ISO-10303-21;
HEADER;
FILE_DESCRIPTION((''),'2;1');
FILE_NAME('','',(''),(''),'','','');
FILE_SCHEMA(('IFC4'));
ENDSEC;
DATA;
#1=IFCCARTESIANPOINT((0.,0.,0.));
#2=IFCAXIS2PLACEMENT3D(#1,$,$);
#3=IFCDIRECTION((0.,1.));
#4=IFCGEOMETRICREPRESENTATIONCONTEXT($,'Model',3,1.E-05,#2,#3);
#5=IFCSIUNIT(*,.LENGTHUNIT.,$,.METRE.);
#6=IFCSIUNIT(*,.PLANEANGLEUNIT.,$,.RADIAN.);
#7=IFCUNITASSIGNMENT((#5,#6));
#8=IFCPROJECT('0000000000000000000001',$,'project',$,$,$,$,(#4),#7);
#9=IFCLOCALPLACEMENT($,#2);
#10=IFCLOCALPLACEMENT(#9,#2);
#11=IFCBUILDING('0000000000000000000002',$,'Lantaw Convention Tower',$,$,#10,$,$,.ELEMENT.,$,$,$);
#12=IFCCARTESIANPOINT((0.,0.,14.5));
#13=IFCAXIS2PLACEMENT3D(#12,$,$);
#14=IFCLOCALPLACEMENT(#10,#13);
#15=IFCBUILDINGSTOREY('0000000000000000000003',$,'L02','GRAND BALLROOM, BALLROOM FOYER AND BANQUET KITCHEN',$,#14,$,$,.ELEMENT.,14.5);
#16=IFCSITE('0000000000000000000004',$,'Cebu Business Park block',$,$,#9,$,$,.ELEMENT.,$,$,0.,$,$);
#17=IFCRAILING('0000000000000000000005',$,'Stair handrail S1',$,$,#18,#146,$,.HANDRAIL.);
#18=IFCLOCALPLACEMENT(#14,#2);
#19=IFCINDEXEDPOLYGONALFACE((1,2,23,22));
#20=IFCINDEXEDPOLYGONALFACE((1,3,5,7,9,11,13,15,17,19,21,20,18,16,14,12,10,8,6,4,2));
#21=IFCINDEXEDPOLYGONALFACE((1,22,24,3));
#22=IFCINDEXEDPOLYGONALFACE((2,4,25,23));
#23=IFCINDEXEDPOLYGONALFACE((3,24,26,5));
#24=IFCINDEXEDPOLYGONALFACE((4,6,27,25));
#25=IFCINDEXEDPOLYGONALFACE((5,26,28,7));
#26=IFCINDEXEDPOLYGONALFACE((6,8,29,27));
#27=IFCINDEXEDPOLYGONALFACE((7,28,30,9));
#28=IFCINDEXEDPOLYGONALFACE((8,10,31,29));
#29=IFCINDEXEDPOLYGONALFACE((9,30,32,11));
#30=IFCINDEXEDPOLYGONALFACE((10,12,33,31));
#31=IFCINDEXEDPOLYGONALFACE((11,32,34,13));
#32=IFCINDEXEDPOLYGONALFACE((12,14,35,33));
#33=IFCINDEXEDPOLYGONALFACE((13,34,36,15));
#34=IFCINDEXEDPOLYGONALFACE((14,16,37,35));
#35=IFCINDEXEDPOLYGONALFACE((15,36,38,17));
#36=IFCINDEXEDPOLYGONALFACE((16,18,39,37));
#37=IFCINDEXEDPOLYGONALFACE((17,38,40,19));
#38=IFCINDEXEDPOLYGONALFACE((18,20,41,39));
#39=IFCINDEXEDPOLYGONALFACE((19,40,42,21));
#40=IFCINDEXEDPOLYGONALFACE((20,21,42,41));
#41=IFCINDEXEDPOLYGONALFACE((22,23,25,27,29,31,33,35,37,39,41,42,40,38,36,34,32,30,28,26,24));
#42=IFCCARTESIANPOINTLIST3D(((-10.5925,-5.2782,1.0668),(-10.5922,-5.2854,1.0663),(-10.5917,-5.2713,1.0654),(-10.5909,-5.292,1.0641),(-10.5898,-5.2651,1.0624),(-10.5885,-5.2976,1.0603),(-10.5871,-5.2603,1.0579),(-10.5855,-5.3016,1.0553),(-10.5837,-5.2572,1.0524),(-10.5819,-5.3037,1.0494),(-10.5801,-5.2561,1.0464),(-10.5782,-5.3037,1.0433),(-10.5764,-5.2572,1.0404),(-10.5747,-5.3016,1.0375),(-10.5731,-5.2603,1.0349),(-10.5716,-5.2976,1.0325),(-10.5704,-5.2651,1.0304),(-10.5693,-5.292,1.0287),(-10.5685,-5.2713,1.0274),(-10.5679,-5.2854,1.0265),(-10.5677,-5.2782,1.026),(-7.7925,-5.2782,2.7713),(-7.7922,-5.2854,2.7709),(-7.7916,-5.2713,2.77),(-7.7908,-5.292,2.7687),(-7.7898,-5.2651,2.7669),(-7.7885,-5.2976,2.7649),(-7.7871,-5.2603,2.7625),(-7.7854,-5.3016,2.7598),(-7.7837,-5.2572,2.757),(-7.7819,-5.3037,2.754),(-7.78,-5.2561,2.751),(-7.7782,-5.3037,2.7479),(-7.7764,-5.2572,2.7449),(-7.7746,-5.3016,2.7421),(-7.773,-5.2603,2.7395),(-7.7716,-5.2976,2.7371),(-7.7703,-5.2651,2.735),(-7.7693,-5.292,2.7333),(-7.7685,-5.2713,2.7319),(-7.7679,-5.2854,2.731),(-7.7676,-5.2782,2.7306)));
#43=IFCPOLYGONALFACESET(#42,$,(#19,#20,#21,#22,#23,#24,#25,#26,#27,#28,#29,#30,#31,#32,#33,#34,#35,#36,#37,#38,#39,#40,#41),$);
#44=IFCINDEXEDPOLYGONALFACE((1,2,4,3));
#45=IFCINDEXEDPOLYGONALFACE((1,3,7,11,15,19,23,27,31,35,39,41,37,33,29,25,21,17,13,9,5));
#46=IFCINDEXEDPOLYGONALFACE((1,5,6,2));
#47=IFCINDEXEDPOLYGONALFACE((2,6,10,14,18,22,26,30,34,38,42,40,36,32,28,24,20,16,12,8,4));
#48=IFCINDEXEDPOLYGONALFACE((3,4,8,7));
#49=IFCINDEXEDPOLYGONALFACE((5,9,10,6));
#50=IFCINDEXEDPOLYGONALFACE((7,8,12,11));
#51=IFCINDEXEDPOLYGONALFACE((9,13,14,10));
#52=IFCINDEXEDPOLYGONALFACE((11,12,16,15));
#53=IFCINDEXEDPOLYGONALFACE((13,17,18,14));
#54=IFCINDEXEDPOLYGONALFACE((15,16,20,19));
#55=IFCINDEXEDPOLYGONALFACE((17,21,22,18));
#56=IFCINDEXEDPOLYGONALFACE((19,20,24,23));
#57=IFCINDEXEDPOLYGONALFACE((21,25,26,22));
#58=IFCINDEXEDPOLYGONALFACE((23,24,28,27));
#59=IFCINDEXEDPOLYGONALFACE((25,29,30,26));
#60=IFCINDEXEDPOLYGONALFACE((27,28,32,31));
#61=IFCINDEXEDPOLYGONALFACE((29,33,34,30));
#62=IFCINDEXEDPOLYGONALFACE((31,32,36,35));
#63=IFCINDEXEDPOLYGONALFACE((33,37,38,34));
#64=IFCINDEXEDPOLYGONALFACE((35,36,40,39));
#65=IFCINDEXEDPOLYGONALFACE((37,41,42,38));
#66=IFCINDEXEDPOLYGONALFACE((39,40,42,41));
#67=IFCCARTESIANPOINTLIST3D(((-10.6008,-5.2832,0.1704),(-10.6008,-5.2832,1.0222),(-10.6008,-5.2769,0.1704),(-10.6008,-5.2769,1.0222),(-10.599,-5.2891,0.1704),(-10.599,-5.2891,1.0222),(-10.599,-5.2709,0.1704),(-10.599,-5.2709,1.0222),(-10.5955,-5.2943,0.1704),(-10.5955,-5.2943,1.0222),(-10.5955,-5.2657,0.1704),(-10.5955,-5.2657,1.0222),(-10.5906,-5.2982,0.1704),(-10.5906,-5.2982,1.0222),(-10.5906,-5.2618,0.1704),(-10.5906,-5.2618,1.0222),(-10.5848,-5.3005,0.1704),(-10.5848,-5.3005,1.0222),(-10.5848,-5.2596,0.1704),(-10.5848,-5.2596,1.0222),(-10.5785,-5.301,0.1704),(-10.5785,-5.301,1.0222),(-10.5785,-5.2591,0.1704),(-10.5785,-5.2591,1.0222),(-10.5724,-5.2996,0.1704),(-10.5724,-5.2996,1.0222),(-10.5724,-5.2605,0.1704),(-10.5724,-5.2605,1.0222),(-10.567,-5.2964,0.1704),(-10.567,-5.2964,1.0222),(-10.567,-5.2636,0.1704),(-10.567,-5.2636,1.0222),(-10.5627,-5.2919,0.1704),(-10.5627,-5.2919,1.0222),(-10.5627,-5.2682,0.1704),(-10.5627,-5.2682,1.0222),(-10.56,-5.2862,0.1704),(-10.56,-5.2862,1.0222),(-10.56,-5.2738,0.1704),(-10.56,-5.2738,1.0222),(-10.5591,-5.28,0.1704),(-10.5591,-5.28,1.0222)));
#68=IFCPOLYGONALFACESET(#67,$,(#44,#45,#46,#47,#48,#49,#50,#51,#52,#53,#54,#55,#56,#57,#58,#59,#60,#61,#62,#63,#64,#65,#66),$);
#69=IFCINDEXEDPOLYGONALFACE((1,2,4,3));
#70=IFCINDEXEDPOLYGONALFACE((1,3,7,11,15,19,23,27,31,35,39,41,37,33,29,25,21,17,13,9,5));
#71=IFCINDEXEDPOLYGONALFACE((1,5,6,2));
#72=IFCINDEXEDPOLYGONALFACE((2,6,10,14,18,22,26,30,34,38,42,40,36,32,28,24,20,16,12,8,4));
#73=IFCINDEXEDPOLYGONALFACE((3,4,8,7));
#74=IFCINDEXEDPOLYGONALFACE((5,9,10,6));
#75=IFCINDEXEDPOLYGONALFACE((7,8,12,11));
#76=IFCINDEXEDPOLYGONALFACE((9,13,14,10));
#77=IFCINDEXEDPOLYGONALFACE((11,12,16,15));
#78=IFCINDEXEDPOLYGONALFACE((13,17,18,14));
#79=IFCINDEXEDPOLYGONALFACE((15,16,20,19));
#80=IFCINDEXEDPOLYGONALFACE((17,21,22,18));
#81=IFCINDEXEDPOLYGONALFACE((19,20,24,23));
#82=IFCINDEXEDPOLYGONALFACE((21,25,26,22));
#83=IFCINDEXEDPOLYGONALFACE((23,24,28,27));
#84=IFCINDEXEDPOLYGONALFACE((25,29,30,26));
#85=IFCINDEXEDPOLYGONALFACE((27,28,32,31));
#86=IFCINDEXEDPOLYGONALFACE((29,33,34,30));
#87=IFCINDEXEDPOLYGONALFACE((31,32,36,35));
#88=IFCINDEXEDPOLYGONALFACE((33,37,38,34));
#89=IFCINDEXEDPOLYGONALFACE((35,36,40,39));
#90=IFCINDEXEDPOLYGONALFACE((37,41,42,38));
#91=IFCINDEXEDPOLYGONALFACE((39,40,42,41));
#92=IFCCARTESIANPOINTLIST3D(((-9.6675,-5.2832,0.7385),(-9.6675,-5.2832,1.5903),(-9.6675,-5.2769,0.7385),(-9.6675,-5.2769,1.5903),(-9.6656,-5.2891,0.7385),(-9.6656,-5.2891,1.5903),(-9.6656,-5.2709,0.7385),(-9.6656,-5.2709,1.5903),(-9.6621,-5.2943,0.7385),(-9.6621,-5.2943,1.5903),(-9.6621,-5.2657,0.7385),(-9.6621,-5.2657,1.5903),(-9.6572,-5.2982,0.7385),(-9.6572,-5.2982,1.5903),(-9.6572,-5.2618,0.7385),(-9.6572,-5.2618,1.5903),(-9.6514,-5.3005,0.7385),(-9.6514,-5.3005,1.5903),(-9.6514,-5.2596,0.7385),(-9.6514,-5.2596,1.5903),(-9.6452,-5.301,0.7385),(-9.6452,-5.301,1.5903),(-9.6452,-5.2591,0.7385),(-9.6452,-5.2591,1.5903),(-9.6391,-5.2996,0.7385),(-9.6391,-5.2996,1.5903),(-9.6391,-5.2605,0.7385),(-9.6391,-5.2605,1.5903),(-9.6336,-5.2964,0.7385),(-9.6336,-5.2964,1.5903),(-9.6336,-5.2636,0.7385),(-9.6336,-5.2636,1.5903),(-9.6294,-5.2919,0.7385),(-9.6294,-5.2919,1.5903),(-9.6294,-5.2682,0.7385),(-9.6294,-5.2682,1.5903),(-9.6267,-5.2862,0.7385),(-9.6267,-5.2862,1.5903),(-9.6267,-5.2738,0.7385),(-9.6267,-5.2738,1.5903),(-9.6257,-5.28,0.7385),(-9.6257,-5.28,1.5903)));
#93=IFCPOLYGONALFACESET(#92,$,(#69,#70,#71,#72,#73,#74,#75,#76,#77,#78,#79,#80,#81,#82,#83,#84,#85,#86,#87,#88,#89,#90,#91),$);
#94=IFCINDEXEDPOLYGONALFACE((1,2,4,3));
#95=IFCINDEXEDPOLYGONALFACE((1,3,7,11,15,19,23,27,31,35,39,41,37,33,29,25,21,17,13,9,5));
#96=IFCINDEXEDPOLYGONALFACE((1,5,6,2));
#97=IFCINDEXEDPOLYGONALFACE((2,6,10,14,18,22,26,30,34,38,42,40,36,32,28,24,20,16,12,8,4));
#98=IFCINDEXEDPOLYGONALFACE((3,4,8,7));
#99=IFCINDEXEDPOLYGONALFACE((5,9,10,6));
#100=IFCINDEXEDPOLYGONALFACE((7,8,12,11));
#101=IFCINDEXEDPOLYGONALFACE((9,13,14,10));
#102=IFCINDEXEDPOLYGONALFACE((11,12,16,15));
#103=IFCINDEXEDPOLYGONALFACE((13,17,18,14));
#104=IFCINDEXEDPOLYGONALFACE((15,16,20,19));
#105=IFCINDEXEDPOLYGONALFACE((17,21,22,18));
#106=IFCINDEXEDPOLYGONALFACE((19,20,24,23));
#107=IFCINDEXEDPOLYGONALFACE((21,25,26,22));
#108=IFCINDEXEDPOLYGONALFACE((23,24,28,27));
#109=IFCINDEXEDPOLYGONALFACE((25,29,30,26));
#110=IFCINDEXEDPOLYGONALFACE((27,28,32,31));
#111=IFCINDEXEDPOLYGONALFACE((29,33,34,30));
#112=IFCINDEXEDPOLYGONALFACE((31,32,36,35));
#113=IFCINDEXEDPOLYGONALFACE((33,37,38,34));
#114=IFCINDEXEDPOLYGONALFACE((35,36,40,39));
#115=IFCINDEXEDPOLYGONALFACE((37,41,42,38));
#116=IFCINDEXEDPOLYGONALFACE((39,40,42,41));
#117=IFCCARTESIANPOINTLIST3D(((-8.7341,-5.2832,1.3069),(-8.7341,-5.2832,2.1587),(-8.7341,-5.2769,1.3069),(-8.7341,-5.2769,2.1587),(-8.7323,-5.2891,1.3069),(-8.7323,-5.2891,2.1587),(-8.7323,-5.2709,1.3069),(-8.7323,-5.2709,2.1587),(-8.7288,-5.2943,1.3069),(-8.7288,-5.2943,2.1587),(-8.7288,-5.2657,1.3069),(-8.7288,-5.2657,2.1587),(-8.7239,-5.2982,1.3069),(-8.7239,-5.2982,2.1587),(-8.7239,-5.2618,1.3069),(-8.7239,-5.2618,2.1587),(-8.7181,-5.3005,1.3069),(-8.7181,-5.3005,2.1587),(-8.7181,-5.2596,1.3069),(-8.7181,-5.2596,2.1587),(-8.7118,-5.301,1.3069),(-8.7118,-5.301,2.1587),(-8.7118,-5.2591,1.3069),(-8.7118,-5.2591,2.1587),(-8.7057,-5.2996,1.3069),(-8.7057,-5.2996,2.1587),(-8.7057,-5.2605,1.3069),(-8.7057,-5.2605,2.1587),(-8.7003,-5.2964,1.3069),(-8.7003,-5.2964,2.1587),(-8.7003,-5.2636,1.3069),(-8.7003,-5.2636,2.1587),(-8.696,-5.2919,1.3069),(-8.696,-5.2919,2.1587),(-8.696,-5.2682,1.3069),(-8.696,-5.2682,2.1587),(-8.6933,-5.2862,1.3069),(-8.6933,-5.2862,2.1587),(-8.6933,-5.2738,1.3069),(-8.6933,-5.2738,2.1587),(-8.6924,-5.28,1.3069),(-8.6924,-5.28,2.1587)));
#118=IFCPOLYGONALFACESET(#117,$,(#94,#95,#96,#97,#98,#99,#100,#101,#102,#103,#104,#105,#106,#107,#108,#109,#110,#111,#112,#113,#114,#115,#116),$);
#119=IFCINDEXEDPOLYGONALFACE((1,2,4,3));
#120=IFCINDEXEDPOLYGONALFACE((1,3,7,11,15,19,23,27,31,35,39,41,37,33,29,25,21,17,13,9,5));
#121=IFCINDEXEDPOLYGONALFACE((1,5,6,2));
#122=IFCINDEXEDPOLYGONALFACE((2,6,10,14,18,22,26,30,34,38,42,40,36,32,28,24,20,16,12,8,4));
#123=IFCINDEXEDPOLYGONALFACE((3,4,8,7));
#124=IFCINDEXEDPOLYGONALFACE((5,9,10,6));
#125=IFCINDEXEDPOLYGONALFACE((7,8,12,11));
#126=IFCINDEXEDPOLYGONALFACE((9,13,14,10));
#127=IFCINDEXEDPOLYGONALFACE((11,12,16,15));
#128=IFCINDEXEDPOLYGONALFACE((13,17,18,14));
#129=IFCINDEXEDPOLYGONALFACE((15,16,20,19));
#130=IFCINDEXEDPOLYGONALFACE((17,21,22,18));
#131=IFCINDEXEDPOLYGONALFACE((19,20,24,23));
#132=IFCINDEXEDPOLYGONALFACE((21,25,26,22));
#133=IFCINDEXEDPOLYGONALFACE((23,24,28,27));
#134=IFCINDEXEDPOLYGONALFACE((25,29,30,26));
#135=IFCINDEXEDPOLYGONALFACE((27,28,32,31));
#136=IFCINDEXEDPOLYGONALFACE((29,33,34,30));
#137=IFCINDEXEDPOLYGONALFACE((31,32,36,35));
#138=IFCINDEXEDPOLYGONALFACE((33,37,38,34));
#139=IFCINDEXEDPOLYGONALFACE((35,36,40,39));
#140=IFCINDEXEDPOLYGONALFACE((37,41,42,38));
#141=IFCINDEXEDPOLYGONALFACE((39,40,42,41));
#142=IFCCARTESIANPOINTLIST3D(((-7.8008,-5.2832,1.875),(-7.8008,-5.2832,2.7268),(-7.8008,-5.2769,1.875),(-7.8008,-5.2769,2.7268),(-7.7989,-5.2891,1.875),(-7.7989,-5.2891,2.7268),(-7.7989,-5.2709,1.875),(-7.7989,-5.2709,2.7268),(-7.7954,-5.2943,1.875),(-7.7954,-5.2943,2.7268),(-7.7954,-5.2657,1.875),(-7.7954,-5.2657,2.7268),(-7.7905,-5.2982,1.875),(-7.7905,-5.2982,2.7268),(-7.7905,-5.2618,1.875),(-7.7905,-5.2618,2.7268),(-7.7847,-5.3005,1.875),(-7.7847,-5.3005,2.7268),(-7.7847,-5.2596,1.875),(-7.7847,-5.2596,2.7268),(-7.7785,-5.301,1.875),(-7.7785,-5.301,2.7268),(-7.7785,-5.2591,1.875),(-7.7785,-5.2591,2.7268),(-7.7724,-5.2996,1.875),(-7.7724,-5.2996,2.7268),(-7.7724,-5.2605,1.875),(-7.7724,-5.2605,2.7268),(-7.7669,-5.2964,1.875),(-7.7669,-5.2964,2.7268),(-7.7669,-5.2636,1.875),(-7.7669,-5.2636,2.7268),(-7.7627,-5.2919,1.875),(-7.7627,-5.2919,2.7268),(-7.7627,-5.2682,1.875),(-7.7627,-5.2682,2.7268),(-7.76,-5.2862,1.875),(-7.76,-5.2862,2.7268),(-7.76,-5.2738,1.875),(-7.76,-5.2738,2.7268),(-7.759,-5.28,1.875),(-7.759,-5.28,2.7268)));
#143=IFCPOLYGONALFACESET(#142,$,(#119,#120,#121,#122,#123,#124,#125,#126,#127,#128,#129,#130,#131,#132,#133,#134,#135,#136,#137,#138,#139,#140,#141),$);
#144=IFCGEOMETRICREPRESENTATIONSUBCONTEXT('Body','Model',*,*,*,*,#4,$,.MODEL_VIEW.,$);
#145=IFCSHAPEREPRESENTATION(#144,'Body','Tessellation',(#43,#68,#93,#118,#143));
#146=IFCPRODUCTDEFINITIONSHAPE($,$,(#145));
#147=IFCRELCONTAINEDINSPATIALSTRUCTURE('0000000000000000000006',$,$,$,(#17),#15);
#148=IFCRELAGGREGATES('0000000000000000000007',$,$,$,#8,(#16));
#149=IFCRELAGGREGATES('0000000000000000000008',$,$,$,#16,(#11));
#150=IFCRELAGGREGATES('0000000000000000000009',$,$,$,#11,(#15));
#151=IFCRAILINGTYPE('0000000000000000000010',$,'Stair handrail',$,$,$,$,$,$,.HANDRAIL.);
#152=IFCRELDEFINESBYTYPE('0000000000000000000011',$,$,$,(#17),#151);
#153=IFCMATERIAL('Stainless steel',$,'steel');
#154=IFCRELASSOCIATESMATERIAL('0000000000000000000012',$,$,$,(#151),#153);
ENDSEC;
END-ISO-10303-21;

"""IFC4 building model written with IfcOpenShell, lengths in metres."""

from ifc_helpers import new_model, si_unit, direction, frame, origin, origin_2d, place, context, subcontext, project, spatial, circle, extrude, material, type_object, element, save


model = new_model("IFC4")

# Units and contexts
model_context = context("Model", 3, precision=1e-05, world=origin(), true_north=direction((0.0, 1.0)))
body_context = subcontext(model_context, "Body", "Model", "MODEL_VIEW")
ifc_project = project(units=[si_unit("LENGTHUNIT", "METRE"), si_unit("PLANEANGLEUNIT", "RADIAN")], contexts=[model_context])

# Site, building, storey
site_placement = place(None, origin())
site = spatial("IfcSite", under=ifc_project, at=site_placement, Name="Cebu Business Park block", CompositionType="ELEMENT", RefElevation=0.0)
building_placement = place(site_placement, origin())
building = spatial("IfcBuilding", under=site, at=building_placement, Name="Lantaw Convention Tower", CompositionType="ELEMENT")
storey_placement = place(building_placement, frame((0.0, 0.0, 14.5)))
storey = spatial("IfcBuildingStorey", under=building, at=storey_placement, Name="L02", Description="GRAND BALLROOM, BALLROOM FOYER AND BANQUET KITCHEN", CompositionType="ELEMENT", Elevation=14.5)

# Railing
ifc_material_1 = material(Name="Stainless steel", Category="steel")
railing_type = type_object("IfcRailingType", Name="Stair handrail", PredefinedType="HANDRAIL", material=ifc_material_1)
railing_1_placement = place(storey_placement, frame((-10.5801, -5.28, 0.1704)))
element("IfcRailing", 1, at=railing_1_placement, inside=storey, type_object=railing_type, Name="Stair handrail S1", PredefinedType="HANDRAIL", context=body_context, shape_type="SweptSolid", body=[
    extrude(circle(Radius=0.0239, at=origin_2d()), frame((0.0, 0.0, 0.876), z_axis=(0.85417, 0.0, 0.519994), x_axis=(0.0, 1.0, 0.0)), (0.0, 0.0, 1.0), 3.2781),
    extrude(circle(Radius=0.021, at=origin_2d()), origin(), (0.0, 0.0, 1.0), 0.8518),
    extrude(circle(Radius=0.021, at=origin_2d()), frame((0.9333, 0.0, 0.5681)), (0.0, 0.0, 1.0), 0.8518),
    extrude(circle(Radius=0.021, at=origin_2d()), frame((1.8667, 0.0, 1.1365)), (0.0, 0.0, 1.0), 0.8518),
    extrude(circle(Radius=0.021, at=origin_2d()), frame((2.8, 0.0, 1.7046)), (0.0, 0.0, 1.0), 0.8518),
])

save(model, "model.ifc")
